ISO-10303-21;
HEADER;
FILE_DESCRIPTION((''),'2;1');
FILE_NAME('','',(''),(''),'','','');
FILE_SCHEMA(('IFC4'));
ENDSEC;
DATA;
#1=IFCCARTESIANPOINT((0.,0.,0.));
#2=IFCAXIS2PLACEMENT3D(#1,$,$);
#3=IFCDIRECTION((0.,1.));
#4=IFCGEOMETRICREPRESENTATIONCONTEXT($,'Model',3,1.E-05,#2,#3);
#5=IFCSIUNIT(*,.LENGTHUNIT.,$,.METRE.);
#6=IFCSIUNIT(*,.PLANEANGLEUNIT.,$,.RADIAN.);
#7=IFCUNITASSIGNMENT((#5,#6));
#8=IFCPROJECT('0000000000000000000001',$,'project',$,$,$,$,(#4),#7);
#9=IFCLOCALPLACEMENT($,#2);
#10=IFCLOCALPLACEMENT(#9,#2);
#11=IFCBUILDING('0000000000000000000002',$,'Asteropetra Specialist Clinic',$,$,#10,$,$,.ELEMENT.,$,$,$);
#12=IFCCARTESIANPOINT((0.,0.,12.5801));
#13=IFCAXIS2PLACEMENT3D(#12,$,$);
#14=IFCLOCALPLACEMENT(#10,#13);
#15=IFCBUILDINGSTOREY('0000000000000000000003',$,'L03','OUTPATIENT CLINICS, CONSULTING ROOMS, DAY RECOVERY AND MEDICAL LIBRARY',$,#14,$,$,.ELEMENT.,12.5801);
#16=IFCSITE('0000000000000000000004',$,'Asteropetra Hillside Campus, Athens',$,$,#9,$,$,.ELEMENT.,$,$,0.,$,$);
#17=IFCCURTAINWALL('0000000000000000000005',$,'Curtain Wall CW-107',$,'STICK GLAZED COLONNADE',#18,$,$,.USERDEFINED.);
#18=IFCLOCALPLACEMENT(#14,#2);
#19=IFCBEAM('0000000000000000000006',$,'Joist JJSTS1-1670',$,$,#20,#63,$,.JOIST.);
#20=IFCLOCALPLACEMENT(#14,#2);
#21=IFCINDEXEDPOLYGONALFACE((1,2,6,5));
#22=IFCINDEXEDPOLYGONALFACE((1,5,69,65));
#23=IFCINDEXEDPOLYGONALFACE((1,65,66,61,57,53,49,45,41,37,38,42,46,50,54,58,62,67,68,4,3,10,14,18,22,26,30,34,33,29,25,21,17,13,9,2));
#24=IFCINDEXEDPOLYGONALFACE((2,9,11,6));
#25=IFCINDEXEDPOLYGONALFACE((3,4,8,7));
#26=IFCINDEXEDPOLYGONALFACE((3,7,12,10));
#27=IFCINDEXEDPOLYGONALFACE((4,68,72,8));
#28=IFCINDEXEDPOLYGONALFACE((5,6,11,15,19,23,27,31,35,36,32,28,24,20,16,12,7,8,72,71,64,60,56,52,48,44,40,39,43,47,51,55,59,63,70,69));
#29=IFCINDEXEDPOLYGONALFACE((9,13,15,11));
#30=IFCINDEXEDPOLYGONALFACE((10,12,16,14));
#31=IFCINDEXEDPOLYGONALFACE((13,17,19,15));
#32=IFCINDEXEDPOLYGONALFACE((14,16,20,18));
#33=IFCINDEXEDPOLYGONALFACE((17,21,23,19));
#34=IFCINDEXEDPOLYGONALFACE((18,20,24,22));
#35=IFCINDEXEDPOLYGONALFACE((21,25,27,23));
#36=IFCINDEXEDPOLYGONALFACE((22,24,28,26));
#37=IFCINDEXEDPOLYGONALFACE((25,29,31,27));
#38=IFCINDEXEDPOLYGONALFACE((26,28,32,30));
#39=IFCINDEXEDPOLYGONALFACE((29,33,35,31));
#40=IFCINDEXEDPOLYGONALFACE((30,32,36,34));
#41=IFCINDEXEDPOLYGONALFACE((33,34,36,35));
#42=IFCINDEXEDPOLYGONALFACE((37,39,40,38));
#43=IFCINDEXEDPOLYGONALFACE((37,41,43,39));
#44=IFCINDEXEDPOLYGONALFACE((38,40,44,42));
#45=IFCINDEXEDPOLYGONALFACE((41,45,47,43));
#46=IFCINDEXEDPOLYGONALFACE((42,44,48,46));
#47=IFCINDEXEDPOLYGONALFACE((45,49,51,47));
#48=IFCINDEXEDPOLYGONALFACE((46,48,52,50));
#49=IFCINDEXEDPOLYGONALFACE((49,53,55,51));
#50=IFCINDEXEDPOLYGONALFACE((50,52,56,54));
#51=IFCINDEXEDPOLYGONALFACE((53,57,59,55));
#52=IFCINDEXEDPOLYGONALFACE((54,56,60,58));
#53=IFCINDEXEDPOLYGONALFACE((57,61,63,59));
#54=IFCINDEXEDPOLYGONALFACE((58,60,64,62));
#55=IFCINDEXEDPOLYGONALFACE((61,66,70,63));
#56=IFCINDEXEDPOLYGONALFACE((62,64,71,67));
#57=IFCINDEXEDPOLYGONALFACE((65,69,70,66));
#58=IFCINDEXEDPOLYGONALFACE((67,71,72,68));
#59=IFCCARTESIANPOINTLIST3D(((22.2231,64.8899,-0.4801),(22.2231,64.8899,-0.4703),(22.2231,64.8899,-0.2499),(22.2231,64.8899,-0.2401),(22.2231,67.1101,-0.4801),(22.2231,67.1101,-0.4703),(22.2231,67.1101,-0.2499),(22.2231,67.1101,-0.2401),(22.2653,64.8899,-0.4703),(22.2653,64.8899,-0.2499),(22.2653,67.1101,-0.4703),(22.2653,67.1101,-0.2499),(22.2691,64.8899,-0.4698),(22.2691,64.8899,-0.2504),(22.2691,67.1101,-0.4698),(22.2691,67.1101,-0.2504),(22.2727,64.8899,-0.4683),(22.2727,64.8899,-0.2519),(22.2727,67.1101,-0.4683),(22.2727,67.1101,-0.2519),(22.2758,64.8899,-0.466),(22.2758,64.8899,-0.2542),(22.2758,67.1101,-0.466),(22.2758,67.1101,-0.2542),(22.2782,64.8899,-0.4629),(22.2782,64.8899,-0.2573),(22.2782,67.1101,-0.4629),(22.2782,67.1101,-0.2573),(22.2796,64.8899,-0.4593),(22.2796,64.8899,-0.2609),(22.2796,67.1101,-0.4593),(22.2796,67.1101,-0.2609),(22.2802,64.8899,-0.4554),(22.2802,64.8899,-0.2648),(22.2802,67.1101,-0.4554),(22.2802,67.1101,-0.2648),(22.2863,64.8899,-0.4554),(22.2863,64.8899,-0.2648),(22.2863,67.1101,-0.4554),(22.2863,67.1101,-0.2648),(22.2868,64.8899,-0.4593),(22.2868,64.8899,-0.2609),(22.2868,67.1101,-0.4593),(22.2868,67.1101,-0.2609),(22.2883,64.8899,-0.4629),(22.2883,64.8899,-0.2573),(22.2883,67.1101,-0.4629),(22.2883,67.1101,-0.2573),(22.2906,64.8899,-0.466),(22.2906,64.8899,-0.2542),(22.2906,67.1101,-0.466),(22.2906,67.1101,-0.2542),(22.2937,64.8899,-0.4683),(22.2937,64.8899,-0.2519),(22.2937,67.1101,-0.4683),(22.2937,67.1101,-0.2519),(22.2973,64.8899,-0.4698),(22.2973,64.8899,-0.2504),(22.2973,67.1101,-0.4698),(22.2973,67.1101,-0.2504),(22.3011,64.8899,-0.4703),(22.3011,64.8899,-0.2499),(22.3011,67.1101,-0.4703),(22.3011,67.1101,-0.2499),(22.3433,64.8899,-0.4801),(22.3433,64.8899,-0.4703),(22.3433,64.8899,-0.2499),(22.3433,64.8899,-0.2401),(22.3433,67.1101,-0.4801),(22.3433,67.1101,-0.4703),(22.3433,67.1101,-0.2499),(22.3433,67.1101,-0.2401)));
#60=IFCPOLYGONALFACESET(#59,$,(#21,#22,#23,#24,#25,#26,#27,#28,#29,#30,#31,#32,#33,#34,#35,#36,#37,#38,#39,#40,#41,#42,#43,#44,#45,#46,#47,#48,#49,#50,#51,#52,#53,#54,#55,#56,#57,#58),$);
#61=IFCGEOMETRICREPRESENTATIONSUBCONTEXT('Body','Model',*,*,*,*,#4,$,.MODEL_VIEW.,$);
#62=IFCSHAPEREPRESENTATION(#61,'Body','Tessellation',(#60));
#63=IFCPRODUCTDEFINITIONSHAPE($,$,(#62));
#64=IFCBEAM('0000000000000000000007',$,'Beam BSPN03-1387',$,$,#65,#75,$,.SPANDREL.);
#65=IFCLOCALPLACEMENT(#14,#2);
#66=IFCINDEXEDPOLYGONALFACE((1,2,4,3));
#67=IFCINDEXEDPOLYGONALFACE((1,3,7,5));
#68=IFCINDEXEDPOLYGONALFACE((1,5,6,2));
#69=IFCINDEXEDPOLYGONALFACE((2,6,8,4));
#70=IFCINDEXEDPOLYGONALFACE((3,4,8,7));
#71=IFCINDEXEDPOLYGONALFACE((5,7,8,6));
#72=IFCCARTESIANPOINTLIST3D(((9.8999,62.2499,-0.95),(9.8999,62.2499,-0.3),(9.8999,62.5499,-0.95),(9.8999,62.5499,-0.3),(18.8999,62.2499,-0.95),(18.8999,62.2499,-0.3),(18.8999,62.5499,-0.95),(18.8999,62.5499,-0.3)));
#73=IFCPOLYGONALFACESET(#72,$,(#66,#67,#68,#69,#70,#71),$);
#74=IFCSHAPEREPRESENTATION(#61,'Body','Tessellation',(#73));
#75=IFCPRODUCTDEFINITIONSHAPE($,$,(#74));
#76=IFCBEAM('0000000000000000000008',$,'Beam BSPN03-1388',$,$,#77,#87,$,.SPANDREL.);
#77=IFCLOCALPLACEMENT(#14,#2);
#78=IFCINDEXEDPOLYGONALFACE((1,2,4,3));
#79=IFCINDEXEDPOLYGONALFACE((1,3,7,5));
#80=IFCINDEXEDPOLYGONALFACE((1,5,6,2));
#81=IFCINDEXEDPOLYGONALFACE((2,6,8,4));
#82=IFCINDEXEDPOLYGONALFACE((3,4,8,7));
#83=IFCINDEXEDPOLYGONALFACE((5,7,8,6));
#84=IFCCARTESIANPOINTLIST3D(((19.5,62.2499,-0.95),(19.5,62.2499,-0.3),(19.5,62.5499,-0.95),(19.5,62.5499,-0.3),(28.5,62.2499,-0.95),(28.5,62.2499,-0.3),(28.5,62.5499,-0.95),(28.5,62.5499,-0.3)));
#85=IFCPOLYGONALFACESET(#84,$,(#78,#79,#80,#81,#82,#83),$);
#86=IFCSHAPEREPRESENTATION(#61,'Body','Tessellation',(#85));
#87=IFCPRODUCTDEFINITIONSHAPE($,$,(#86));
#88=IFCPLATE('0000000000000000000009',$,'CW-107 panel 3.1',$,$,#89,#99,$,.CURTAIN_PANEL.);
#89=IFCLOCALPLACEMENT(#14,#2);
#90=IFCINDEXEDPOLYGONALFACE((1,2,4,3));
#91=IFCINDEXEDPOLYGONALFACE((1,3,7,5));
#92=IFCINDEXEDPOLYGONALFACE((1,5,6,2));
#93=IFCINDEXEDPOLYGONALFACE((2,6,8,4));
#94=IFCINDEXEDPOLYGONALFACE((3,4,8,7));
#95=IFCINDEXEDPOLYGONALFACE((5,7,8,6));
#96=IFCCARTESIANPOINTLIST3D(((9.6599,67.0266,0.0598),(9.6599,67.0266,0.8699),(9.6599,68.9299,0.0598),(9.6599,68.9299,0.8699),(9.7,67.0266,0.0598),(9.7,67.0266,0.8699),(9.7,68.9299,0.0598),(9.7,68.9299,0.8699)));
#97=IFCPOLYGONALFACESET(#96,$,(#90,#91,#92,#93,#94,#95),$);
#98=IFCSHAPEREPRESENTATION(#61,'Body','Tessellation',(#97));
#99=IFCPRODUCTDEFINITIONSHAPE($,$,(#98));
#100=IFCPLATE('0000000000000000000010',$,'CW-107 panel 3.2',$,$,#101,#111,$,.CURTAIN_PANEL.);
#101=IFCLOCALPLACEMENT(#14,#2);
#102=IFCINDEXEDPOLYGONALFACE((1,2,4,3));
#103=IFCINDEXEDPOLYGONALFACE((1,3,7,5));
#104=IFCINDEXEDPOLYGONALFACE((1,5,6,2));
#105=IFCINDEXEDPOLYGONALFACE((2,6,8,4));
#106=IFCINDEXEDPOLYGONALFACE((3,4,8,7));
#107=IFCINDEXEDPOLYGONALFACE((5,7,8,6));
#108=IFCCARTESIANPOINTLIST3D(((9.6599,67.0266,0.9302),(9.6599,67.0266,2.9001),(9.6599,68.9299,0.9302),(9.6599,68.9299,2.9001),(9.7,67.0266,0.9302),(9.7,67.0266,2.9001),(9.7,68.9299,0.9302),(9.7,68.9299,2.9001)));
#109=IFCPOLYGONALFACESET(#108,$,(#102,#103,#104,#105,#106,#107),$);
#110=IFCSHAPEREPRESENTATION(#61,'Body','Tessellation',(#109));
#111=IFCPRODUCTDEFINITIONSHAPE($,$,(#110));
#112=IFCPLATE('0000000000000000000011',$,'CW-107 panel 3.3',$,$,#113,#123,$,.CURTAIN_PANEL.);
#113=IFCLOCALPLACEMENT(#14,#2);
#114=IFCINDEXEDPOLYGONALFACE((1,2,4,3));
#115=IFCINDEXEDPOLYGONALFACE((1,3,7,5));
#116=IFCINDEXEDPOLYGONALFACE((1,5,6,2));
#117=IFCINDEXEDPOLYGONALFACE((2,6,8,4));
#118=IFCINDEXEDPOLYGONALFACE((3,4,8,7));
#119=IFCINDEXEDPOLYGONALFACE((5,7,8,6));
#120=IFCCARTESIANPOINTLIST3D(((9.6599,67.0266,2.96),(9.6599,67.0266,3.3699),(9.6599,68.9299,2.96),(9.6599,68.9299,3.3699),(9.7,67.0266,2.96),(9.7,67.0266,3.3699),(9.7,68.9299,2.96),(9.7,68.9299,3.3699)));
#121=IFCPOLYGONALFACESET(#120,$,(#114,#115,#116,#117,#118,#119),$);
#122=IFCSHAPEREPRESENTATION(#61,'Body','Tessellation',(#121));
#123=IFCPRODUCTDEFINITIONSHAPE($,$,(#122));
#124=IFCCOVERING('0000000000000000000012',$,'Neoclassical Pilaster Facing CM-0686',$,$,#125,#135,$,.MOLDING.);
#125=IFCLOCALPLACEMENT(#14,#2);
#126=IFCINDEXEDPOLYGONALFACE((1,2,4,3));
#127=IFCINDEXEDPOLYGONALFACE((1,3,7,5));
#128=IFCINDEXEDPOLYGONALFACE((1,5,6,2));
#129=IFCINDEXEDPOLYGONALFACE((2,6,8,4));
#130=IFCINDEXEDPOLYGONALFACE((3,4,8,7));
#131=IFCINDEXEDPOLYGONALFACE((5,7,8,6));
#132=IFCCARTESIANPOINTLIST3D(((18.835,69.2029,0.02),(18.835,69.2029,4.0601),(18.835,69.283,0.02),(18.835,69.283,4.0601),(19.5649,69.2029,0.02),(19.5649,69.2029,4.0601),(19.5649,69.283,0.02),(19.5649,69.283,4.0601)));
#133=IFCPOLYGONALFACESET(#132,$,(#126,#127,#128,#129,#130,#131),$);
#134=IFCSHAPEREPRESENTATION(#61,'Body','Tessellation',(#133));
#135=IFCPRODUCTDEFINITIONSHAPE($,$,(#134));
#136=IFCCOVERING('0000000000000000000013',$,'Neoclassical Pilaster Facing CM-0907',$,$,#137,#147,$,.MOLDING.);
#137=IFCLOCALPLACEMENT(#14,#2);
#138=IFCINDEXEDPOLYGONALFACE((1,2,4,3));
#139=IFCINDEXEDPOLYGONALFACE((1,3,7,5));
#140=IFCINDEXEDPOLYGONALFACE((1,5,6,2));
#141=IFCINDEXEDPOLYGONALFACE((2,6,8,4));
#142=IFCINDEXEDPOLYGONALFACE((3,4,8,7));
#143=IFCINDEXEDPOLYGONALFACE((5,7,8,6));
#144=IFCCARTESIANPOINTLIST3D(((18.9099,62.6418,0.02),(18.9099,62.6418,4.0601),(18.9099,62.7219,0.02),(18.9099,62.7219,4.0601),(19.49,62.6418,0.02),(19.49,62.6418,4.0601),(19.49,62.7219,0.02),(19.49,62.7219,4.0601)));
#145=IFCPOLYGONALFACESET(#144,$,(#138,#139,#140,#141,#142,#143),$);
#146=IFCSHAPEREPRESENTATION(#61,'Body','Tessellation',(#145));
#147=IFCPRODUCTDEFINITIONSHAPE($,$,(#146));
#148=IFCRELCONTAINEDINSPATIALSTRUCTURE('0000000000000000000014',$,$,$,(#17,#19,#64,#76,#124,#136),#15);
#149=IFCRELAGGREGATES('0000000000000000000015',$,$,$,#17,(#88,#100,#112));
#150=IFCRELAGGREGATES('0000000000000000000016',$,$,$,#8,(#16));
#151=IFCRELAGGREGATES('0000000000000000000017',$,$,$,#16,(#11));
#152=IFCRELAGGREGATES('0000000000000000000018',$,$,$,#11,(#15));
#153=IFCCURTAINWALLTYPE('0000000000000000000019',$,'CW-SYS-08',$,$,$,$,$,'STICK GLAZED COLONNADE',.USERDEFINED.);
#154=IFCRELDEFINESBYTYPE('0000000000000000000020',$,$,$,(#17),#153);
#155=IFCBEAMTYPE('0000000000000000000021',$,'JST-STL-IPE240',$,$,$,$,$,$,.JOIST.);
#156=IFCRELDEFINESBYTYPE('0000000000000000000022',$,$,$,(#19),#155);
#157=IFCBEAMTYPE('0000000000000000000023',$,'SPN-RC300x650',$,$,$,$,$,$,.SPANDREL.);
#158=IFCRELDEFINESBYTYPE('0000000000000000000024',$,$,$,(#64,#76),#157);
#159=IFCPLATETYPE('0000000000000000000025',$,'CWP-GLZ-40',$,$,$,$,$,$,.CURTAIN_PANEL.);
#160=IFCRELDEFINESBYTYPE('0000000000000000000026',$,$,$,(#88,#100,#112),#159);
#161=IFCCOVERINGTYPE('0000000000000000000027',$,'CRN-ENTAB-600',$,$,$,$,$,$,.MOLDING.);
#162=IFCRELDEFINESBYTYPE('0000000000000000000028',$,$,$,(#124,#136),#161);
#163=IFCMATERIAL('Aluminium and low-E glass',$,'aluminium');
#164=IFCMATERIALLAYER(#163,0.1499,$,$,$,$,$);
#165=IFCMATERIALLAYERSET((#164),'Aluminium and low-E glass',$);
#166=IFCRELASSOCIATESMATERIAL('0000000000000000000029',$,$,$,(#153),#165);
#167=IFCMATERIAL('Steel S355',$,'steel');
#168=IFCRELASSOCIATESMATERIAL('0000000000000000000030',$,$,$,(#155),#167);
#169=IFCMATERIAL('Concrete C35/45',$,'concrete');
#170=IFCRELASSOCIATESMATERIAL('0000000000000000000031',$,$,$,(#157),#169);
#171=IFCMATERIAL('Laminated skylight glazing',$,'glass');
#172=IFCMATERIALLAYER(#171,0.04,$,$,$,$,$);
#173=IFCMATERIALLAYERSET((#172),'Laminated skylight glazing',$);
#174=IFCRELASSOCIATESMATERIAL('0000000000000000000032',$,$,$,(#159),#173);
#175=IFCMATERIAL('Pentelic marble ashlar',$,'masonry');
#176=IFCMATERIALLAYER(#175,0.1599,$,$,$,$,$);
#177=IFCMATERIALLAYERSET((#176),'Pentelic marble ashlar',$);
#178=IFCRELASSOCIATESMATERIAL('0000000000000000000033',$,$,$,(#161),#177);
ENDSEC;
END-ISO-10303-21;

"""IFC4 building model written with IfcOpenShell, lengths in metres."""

from ifc_helpers import new_model, si_unit, direction, frame, origin, origin_2d, place, context, subcontext, project, spatial, rectangle, i_section, extrude, material, layer, layer_set, material_profile, profile_set, type_object, element, aggregate, save


model = new_model("IFC4")

# Units and contexts
model_context = context("Model", 3, precision=1e-05, world=origin(), true_north=direction((0.0, 1.0)))
body_context = subcontext(model_context, "Body", "Model", "MODEL_VIEW")
ifc_project = project(units=[si_unit("LENGTHUNIT", "METRE"), si_unit("PLANEANGLEUNIT", "RADIAN")], contexts=[model_context])

# Site, building, storey
site_placement = place(None, origin())
site = spatial("IfcSite", under=ifc_project, at=site_placement, Name="Asteropetra Hillside Campus, Athens", CompositionType="ELEMENT", RefElevation=0.0)
building_placement = place(site_placement, origin())
building = spatial("IfcBuilding", under=site, at=building_placement, Name="Asteropetra Specialist Clinic", CompositionType="ELEMENT")
storey_placement = place(building_placement, frame((0.0, 0.0, 12.5801)))
storey = spatial("IfcBuildingStorey", under=building, at=storey_placement, Name="L03", Description="OUTPATIENT CLINICS, CONSULTING ROOMS, DAY RECOVERY AND MEDICAL LIBRARY", CompositionType="ELEMENT", Elevation=12.5801)

# Curtain wall
ifc_material_1 = material(Name="Aluminium and low-E glass", Category="aluminium")
ifc_layer_1 = layer(ifc_material_1, 0.1499)
ifc_layer_set_1 = layer_set([ifc_layer_1], Name="Aluminium and low-E glass")
curtain_wall_type = type_object("IfcCurtainWallType", Name="CW-SYS-08", ElementType="STICK GLAZED COLONNADE", PredefinedType="USERDEFINED", material=ifc_layer_set_1)
curtain_wall_placement = place(storey_placement, origin())
curtain_wall = element("IfcCurtainWall", 1, at=curtain_wall_placement, inside=storey, type_object=curtain_wall_type, Name="Curtain Wall CW-107", ObjectType="STICK GLAZED COLONNADE", PredefinedType="USERDEFINED")

# Beams
ifc_material_2 = material(Name="Steel S355", Category="steel")
ifc_material_profile_1 = material_profile(ifc_material_2, i_section(OverallWidth=0.1201, OverallDepth=0.24, WebThickness=0.0061, FlangeThickness=0.0098, FilletRadius=0.0149, at=origin_2d()), Name="IPE 240")
ifc_profile_set_1 = profile_set([ifc_material_profile_1], Name="Steel S355")
beam_type_1 = type_object("IfcBeamType", Name="JST-STL-IPE240", PredefinedType="JOIST", material=ifc_profile_set_1)
for number, where, z_axis, x_axis, name in (
    (2, (22.2832, 64.8899, -0.3601), (0.0, 1.0, 0.0), (-1.0, 0.0, 0.0), "Joist JJSTS1-1670"),
):
    element("IfcBeam", number, at=place(storey_placement, frame(where, z_axis=z_axis, x_axis=x_axis)), inside=storey, type_object=beam_type_1, Name=name, PredefinedType="JOIST", context=body_context, shape_type="SweptSolid", body=[
        extrude(i_section(OverallWidth=0.1201, OverallDepth=0.24, WebThickness=0.0061, FlangeThickness=0.0098, FilletRadius=0.0149, at=origin_2d()), origin(), (0.0, 0.0, 1.0), 2.2202),
    ])
ifc_material_3 = material(Name="Concrete C35/45", Category="concrete")
ifc_material_profile_2 = material_profile(ifc_material_3, rectangle(XDim=0.3, YDim=0.6499, at=origin_2d()), Name="RCS 300x650")
ifc_profile_set_2 = profile_set([ifc_material_profile_2], Name="Concrete C35/45")
beam_type_2 = type_object("IfcBeamType", Name="SPN-RC300x650", PredefinedType="SPANDREL", material=ifc_profile_set_2)
for number, where, z_axis, x_axis, name in (
    (3, (9.8999, 62.3999, -0.625), (1.0, 0.0, 0.0), (0.0, 1.0, 0.0), "Beam BSPN03-1387"),
    (4, (19.5, 62.3999, -0.625), (1.0, 0.0, 0.0), (0.0, 1.0, 0.0), "Beam BSPN03-1388"),
):
    element("IfcBeam", number, at=place(storey_placement, frame(where, z_axis=z_axis, x_axis=x_axis)), inside=storey, type_object=beam_type_2, Name=name, PredefinedType="SPANDREL", context=body_context, shape_type="SweptSolid", body=[
        extrude(rectangle(XDim=0.3, YDim=0.6499, at=origin_2d()), origin(), (0.0, 0.0, 1.0), 9.0),
    ])

# Plates
ifc_material_4 = material(Name="Laminated skylight glazing", Category="glass")
ifc_layer_2 = layer(ifc_material_4, 0.04)
ifc_layer_set_2 = layer_set([ifc_layer_2], Name="Laminated skylight glazing")
plate_type = type_object("IfcPlateType", Name="CWP-GLZ-40", PredefinedType="CURTAIN_PANEL", material=ifc_layer_set_2)
plate_1_placement = place(storey_placement, frame((9.6799, 67.9783, 0.0598), z_axis=(0.0, 0.0, 1.0), x_axis=(0.0, 1.0, 0.0)))
plate_1 = element("IfcPlate", 5, at=plate_1_placement, type_object=plate_type, Name="CW-107 panel 3.1", PredefinedType="CURTAIN_PANEL", context=body_context, shape_type="SweptSolid", body=[
    extrude(rectangle(XDim=1.9033, YDim=0.04, at=origin_2d()), origin(), (0.0, 0.0, 1.0), 0.8101),
])
plate_2_placement = place(storey_placement, frame((9.6799, 67.9783, 0.9302), z_axis=(0.0, 0.0, 1.0), x_axis=(0.0, 1.0, 0.0)))
plate_2 = element("IfcPlate", 6, at=plate_2_placement, type_object=plate_type, Name="CW-107 panel 3.2", PredefinedType="CURTAIN_PANEL", context=body_context, shape_type="SweptSolid", body=[
    extrude(rectangle(XDim=1.9033, YDim=0.04, at=origin_2d()), origin(), (0.0, 0.0, 1.0), 1.97),
])
plate_3_placement = place(storey_placement, frame((9.6799, 67.9783, 2.96), z_axis=(0.0, 0.0, 1.0), x_axis=(0.0, 1.0, 0.0)))
plate_3 = element("IfcPlate", 7, at=plate_3_placement, type_object=plate_type, Name="CW-107 panel 3.3", PredefinedType="CURTAIN_PANEL", context=body_context, shape_type="SweptSolid", body=[
    extrude(rectangle(XDim=1.9033, YDim=0.04, at=origin_2d()), origin(), (0.0, 0.0, 1.0), 0.4099),
])
aggregate(curtain_wall, [plate_1, plate_2, plate_3])

# Coverings
ifc_material_5 = material(Name="Pentelic marble ashlar", Category="masonry")
ifc_layer_3 = layer(ifc_material_5, 0.1599)
ifc_layer_set_3 = layer_set([ifc_layer_3], Name="Pentelic marble ashlar")
covering_type = type_object("IfcCoveringType", Name="CRN-ENTAB-600", PredefinedType="MOLDING", material=ifc_layer_set_3)
covering_1_placement = place(storey_placement, frame((19.2, 69.2429, 0.02), z_axis=(0.0, 0.0, 1.0), x_axis=(1.0, 0.0, 0.0)))
element("IfcCovering", 8, at=covering_1_placement, inside=storey, type_object=covering_type, Name="Neoclassical Pilaster Facing CM-0686", PredefinedType="MOLDING", context=body_context, shape_type="SweptSolid", body=[
    extrude(rectangle(XDim=0.73, YDim=0.0801, at=origin_2d()), origin(), (0.0, 0.0, 1.0), 4.04),
])
covering_2_placement = place(storey_placement, frame((19.2, 62.6819, 0.02), z_axis=(0.0, 0.0, 1.0), x_axis=(1.0, 0.0, 0.0)))
element("IfcCovering", 9, at=covering_2_placement, inside=storey, type_object=covering_type, Name="Neoclassical Pilaster Facing CM-0907", PredefinedType="MOLDING", context=body_context, shape_type="SweptSolid", body=[
    extrude(rectangle(XDim=0.5801, YDim=0.0801, at=origin_2d()), origin(), (0.0, 0.0, 1.0), 4.04),
])

save(model, "model.ifc")
